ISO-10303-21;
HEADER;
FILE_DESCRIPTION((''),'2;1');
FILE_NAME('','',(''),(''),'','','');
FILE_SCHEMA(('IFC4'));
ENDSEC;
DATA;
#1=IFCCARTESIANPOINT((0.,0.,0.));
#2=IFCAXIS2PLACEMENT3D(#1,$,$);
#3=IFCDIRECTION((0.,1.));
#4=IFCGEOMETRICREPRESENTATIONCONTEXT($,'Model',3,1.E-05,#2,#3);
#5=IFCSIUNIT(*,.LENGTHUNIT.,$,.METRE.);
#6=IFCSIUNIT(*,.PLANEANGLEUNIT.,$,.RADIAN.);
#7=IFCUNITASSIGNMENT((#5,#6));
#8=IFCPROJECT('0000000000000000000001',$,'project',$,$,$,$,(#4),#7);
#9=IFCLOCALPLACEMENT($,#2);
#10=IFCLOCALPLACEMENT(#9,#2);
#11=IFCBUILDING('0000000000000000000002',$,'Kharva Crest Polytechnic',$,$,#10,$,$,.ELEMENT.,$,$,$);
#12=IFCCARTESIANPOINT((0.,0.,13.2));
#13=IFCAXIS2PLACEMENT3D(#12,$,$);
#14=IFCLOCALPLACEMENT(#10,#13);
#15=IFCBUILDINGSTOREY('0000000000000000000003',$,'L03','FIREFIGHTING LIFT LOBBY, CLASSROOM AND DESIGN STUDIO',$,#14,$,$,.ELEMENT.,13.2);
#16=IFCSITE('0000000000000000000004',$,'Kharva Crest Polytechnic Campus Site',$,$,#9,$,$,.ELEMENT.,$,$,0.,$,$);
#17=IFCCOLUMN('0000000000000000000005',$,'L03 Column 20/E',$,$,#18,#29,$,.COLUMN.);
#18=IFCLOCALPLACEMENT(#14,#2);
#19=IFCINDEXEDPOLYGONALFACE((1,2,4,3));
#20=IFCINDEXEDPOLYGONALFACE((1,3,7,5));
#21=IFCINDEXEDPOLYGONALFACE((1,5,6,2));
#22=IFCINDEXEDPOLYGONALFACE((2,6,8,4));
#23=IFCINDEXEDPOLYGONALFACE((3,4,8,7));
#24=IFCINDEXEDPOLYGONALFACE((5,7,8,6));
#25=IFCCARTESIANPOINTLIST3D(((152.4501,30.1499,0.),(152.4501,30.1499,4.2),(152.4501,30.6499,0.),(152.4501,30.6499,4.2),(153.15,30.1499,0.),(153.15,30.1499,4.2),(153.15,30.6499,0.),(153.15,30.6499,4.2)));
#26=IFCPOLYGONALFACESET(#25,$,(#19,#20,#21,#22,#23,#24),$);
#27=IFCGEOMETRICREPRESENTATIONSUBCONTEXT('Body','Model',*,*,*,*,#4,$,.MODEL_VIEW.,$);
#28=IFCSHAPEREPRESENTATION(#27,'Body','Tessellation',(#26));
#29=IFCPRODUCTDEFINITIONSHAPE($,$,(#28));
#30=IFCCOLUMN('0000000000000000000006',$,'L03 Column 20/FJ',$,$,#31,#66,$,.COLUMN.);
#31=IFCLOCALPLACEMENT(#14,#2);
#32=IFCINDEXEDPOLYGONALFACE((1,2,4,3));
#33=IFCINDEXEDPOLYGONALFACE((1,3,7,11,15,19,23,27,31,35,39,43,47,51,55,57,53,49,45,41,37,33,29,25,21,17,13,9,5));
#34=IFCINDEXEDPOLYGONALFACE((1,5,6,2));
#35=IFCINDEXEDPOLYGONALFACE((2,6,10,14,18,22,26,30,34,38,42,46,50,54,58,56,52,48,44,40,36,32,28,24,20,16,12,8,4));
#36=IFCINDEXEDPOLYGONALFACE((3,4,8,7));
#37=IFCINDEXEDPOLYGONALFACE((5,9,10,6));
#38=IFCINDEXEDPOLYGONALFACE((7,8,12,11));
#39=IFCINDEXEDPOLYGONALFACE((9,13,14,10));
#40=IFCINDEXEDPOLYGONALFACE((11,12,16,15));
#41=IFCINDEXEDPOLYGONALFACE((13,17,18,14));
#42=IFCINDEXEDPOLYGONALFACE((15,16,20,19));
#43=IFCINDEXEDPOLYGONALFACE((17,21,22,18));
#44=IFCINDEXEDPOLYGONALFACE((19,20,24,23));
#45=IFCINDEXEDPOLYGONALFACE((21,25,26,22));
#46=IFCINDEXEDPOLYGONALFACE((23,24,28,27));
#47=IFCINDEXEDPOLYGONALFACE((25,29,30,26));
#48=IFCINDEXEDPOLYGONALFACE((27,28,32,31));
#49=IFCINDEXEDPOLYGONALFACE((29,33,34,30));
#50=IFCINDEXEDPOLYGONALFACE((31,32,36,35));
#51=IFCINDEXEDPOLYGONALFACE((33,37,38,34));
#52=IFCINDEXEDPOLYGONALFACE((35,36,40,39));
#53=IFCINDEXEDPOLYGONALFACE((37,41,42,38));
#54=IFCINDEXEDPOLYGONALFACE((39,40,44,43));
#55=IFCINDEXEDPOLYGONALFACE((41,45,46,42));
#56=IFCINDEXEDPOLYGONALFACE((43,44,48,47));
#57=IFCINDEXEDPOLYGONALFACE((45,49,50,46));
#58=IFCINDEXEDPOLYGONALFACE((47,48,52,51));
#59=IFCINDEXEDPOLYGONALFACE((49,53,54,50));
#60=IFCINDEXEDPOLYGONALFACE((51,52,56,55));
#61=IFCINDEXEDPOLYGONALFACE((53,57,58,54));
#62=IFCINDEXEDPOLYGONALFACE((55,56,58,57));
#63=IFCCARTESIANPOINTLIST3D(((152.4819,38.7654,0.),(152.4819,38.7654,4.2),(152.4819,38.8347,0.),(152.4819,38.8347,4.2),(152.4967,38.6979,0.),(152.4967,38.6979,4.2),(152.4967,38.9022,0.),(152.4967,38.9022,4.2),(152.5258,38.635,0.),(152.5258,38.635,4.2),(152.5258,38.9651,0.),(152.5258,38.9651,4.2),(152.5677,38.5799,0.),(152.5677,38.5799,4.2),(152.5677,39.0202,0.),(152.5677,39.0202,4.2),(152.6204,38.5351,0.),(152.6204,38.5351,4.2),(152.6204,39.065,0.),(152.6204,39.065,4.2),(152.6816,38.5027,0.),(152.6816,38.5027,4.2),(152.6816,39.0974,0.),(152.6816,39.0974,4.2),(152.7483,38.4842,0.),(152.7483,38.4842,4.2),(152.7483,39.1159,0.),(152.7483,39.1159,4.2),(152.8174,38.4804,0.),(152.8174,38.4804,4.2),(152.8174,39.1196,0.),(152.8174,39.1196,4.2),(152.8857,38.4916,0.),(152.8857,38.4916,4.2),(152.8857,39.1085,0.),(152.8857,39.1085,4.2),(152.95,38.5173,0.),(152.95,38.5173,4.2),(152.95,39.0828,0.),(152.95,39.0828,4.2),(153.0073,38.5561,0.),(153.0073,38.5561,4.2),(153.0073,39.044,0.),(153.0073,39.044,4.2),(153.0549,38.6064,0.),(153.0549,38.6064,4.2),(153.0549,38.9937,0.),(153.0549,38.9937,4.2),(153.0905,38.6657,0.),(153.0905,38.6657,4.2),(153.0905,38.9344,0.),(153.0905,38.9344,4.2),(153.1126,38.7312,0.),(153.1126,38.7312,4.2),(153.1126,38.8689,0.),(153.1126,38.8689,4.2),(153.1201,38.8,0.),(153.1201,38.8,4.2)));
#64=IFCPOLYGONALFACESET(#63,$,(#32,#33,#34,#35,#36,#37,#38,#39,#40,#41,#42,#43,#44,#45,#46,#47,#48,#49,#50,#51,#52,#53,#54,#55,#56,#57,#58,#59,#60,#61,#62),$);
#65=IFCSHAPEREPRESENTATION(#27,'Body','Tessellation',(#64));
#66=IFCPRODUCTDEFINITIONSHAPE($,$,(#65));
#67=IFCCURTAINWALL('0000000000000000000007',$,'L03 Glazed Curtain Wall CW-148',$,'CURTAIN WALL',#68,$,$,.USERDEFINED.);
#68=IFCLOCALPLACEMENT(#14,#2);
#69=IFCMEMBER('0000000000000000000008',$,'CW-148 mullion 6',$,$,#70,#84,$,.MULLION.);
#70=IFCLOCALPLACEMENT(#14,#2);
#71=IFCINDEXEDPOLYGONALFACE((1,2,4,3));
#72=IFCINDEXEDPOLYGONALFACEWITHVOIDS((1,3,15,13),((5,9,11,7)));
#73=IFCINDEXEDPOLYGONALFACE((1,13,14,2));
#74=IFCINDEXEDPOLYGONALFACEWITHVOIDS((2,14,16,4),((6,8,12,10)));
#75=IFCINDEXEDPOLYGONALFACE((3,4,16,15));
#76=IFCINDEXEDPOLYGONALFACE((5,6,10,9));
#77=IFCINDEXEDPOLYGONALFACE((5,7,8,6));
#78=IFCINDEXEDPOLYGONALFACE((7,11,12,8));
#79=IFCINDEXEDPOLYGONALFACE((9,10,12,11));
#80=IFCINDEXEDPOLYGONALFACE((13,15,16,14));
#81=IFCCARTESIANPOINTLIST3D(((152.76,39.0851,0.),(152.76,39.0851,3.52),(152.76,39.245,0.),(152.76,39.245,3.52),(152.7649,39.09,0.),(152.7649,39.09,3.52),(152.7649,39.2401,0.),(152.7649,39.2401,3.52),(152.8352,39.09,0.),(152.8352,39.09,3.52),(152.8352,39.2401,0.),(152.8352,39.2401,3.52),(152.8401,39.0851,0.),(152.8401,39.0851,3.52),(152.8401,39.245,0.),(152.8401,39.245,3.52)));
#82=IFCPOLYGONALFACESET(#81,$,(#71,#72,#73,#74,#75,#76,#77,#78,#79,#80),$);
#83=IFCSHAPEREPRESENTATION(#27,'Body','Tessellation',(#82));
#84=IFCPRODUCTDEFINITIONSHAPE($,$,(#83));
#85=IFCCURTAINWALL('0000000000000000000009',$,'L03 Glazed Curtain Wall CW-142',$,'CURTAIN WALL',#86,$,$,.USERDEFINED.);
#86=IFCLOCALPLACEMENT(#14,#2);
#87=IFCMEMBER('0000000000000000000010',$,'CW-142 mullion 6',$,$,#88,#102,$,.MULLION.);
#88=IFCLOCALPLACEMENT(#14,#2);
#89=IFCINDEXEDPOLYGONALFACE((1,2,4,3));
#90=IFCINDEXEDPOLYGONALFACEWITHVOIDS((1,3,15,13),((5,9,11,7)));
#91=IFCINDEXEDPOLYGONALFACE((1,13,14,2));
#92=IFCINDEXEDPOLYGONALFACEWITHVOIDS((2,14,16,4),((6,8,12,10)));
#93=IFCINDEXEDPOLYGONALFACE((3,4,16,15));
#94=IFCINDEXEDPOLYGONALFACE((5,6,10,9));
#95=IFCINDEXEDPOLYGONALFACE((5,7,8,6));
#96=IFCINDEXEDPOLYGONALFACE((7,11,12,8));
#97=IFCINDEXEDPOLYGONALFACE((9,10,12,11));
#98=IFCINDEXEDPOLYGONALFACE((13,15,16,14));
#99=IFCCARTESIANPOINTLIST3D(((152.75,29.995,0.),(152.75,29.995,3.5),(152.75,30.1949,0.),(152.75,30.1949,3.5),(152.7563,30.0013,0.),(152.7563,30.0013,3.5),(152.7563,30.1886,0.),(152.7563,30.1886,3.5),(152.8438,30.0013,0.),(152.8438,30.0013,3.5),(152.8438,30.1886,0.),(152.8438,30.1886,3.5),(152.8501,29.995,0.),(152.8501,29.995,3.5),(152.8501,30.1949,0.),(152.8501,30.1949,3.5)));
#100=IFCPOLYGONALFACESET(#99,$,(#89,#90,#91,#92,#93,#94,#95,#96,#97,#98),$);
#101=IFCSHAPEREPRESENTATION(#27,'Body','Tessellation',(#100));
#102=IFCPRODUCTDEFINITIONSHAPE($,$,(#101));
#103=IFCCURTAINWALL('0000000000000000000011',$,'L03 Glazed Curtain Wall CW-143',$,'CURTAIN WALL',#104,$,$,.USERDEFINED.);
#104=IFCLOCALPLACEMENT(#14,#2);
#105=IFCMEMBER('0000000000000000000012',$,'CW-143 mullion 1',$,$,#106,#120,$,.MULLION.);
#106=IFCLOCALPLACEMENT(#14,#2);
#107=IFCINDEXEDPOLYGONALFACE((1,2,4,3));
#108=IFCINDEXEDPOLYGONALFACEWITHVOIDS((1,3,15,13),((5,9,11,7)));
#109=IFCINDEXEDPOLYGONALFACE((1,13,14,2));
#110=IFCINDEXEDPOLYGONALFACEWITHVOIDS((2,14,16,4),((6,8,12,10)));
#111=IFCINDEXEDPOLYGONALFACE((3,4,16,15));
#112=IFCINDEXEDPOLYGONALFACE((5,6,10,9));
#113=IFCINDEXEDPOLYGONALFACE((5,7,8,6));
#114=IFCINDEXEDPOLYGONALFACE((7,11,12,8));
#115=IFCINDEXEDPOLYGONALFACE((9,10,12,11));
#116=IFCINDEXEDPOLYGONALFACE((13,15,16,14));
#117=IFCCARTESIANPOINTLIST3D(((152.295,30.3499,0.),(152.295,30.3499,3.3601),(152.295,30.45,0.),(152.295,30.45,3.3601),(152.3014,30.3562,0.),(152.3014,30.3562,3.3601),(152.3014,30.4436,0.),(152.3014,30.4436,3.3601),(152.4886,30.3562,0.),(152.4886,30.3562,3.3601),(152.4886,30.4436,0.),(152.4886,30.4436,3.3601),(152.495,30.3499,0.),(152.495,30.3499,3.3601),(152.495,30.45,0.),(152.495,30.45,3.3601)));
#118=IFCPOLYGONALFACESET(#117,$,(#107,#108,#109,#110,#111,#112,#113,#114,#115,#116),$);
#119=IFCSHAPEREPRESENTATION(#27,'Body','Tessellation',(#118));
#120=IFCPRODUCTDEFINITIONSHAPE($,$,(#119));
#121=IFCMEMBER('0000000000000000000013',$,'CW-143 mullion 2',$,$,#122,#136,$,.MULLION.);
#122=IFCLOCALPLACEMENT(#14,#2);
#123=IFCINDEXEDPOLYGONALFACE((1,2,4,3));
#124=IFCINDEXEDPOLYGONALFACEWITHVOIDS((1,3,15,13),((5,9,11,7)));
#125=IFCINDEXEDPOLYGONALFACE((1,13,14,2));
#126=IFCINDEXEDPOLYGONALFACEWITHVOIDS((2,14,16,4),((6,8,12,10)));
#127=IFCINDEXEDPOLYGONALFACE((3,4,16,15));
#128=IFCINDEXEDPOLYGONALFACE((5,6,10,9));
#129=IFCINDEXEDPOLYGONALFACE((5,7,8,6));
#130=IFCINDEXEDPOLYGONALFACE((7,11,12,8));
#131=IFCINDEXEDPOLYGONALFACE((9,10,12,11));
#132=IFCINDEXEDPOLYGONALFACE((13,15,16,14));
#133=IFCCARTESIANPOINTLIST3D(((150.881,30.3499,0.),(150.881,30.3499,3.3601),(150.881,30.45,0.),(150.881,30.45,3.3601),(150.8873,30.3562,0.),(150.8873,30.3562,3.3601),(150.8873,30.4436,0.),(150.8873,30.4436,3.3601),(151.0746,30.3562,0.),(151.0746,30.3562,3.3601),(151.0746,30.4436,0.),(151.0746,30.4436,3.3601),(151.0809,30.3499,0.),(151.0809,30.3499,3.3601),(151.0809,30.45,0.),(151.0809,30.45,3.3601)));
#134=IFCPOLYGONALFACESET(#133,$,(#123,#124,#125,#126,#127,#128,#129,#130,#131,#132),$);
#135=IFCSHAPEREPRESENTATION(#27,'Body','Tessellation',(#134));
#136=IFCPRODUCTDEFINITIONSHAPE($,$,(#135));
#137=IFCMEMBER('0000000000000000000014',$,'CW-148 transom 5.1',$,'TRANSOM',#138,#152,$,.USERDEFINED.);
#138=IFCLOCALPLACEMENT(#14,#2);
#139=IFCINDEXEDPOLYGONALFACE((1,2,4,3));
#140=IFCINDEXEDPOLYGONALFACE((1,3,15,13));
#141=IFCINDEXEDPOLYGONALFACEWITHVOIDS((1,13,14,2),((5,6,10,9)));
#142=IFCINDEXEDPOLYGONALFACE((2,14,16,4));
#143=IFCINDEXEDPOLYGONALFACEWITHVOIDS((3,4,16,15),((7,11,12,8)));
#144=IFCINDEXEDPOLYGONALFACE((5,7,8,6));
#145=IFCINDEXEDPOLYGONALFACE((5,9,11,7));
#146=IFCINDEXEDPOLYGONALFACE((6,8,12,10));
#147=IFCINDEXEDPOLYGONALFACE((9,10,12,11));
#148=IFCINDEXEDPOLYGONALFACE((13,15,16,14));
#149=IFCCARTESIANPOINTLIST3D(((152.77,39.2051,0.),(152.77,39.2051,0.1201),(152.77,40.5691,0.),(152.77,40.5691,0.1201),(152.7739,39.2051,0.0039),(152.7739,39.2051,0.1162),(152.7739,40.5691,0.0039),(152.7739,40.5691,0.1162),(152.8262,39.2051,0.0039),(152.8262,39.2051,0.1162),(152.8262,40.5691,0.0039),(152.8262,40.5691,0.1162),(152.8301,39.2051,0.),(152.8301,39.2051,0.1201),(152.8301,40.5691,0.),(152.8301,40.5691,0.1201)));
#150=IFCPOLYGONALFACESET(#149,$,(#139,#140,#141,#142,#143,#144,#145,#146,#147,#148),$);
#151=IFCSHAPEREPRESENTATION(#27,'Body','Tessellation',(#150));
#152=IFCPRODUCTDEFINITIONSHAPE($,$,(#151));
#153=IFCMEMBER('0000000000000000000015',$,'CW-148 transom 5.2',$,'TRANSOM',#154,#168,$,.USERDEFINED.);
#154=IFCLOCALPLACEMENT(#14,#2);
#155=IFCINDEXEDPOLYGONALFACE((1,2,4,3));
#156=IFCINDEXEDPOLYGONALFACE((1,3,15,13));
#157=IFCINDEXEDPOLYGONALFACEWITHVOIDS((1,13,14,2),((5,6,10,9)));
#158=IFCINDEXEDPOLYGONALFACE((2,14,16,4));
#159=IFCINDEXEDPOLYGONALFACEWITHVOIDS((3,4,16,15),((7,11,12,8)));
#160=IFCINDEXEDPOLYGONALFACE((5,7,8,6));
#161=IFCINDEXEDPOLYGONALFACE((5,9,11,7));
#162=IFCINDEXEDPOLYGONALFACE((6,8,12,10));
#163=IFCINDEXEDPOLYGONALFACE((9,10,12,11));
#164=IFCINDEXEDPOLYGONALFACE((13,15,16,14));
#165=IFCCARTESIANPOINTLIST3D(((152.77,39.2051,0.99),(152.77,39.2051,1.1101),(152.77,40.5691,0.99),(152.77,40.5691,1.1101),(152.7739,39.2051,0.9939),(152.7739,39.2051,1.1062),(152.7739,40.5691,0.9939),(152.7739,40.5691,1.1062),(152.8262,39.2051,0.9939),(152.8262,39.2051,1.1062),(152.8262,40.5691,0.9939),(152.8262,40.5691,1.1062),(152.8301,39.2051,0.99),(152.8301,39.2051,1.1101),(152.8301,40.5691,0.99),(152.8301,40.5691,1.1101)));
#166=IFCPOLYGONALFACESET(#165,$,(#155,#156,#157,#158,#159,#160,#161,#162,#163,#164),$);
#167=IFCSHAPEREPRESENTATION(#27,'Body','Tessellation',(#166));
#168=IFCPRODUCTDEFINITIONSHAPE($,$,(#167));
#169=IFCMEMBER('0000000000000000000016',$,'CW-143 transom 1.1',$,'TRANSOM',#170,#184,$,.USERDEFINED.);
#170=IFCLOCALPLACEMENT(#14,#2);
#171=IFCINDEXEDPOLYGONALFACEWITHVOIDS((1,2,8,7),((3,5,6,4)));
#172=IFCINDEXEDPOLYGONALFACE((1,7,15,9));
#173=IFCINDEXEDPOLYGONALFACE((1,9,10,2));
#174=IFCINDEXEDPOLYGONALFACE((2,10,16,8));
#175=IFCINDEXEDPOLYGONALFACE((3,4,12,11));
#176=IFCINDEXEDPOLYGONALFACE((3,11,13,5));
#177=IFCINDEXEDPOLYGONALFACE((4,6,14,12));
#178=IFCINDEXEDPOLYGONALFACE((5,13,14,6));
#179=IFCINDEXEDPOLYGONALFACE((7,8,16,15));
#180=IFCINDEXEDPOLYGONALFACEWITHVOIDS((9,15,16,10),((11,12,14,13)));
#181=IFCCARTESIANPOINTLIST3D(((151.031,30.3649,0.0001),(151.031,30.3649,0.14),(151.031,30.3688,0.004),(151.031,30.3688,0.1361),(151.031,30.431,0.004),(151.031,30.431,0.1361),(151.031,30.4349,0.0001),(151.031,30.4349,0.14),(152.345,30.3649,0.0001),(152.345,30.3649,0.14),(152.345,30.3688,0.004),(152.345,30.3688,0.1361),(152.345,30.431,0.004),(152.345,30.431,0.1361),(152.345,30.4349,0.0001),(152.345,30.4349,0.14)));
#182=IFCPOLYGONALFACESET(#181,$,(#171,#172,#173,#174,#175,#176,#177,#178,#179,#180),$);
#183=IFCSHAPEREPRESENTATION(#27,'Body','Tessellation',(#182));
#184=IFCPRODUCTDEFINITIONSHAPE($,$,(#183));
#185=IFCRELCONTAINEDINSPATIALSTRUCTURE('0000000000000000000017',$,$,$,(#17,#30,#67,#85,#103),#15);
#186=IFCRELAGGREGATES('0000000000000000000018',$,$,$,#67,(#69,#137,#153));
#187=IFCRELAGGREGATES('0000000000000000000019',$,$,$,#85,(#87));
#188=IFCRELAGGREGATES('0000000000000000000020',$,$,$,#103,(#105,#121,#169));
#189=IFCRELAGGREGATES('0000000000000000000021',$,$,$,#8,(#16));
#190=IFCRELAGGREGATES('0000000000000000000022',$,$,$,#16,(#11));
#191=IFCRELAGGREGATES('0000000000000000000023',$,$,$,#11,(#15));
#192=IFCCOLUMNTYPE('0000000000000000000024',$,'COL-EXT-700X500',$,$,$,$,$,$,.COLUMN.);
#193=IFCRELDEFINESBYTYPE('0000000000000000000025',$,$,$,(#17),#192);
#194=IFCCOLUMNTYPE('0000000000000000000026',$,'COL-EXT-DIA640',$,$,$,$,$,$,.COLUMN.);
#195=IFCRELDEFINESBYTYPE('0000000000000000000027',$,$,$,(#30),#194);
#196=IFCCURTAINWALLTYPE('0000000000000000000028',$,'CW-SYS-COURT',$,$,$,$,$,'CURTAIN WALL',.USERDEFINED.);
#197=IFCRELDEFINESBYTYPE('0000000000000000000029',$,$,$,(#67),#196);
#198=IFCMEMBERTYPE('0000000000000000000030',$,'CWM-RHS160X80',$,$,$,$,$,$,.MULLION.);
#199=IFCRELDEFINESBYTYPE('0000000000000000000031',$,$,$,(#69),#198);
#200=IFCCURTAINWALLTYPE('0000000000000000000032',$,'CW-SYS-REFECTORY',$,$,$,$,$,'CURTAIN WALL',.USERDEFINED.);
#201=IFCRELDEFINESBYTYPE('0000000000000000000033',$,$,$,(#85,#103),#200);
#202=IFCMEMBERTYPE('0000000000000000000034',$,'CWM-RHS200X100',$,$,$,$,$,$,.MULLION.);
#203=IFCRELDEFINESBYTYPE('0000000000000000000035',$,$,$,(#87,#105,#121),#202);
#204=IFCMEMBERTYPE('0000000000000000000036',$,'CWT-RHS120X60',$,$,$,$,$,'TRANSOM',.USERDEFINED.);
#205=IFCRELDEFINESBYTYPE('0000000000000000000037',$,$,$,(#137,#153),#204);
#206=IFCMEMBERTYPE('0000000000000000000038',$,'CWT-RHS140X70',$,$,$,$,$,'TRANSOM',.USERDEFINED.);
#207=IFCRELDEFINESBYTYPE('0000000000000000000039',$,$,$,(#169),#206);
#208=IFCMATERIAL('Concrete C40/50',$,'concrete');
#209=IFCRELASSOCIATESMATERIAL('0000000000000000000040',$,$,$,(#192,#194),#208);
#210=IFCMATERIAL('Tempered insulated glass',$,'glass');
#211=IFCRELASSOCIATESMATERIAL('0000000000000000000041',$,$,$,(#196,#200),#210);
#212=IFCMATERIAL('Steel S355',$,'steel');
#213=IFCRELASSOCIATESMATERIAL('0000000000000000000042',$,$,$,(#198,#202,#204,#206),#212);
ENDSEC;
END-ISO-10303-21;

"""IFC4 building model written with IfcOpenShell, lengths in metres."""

from ifc_helpers import new_model, si_unit, direction, frame, origin, origin_2d, place, context, subcontext, project, spatial, rectangle, hollow_rectangle, circle, extrude, material, material_profile, profile_set, type_object, element, aggregate, save


model = new_model("IFC4")

# Units and contexts
model_context = context("Model", 3, precision=1e-05, world=origin(), true_north=direction((0.0, 1.0)))
body_context = subcontext(model_context, "Body", "Model", "MODEL_VIEW")
ifc_project = project(units=[si_unit("LENGTHUNIT", "METRE"), si_unit("PLANEANGLEUNIT", "RADIAN")], contexts=[model_context])

# Site, building, storey
site_placement = place(None, origin())
site = spatial("IfcSite", under=ifc_project, at=site_placement, Name="Kharva Crest Polytechnic Campus Site", CompositionType="ELEMENT", RefElevation=0.0)
building_placement = place(site_placement, origin())
building = spatial("IfcBuilding", under=site, at=building_placement, Name="Kharva Crest Polytechnic", CompositionType="ELEMENT")
storey_placement = place(building_placement, frame((0.0, 0.0, 13.2)))
storey = spatial("IfcBuildingStorey", under=building, at=storey_placement, Name="L03", Description="FIREFIGHTING LIFT LOBBY, CLASSROOM AND DESIGN STUDIO", CompositionType="ELEMENT", Elevation=13.2)

# Columns
ifc_material_1 = material(Name="Concrete C40/50", Category="concrete")
ifc_material_profile_1 = material_profile(ifc_material_1, rectangle(XDim=0.7, YDim=0.5, at=origin_2d()), Name="RECT 700 X 500")
ifc_profile_set_1 = profile_set([ifc_material_profile_1], Name="Concrete C40/50")
column_type_1 = type_object("IfcColumnType", Name="COL-EXT-700X500", PredefinedType="COLUMN", material=ifc_profile_set_1)
column_1_placement = place(storey_placement, frame((152.8, 30.3999, 0.0), z_axis=(0.0, 0.0, 1.0), x_axis=(1.0, 0.0, 0.0)))
element("IfcColumn", 1, at=column_1_placement, inside=storey, type_object=column_type_1, Name="L03 Column 20/E", PredefinedType="COLUMN", context=body_context, shape_type="SweptSolid", body=[
    extrude(rectangle(XDim=0.7, YDim=0.5, at=origin_2d()), origin(), (0.0, 0.0, 1.0), 4.2),
])
ifc_material_profile_2 = material_profile(ifc_material_1, circle(Radius=0.3201, at=origin_2d()), Name="DIA 640")
ifc_profile_set_2 = profile_set([ifc_material_profile_2], Name="Concrete C40/50")
column_type_2 = type_object("IfcColumnType", Name="COL-EXT-DIA640", PredefinedType="COLUMN", material=ifc_profile_set_2)
column_2_placement = place(storey_placement, frame((152.8, 38.8, 0.0), z_axis=(0.0, 0.0, 1.0), x_axis=(1.0, 0.0, 0.0)))
element("IfcColumn", 2, at=column_2_placement, inside=storey, type_object=column_type_2, Name="L03 Column 20/FJ", PredefinedType="COLUMN", context=body_context, shape_type="SweptSolid", body=[
    extrude(circle(Radius=0.3201, at=origin_2d()), origin(), (0.0, 0.0, 1.0), 4.2),
])

# Curtain walls, members
ifc_material_2 = material(Name="Tempered insulated glass", Category="glass")
curtain_wall_type_1 = type_object("IfcCurtainWallType", Name="CW-SYS-COURT", ElementType="CURTAIN WALL", PredefinedType="USERDEFINED", material=ifc_material_2)
curtain_wall_1_placement = place(storey_placement, origin())
curtain_wall_1 = element("IfcCurtainWall", 3, at=curtain_wall_1_placement, inside=storey, type_object=curtain_wall_type_1, Name="L03 Glazed Curtain Wall CW-148", ObjectType="CURTAIN WALL", PredefinedType="USERDEFINED")
ifc_material_3 = material(Name="Steel S355", Category="steel")
ifc_material_profile_3 = material_profile(ifc_material_3, hollow_rectangle(XDim=0.0801, YDim=0.1599, WallThickness=0.0049, at=origin_2d()), Name="RHS 160X80X5.0")
ifc_profile_set_3 = profile_set([ifc_material_profile_3], Name="Steel S355")
member_type_1 = type_object("IfcMemberType", Name="CWM-RHS160X80", PredefinedType="MULLION", material=ifc_profile_set_3)
member_1_placement = place(storey_placement, frame((152.8, 39.165, 0.0), z_axis=(0.0, 0.0, 1.0), x_axis=(1.0, 0.0, 0.0)))
member_1 = element("IfcMember", 4, at=member_1_placement, type_object=member_type_1, Name="CW-148 mullion 6", PredefinedType="MULLION", context=body_context, shape_type="SweptSolid", body=[
    extrude(hollow_rectangle(XDim=0.0801, YDim=0.1599, WallThickness=0.0049, at=origin_2d()), origin(), (0.0, 0.0, 1.0), 3.52),
])
curtain_wall_type_2 = type_object("IfcCurtainWallType", Name="CW-SYS-REFECTORY", ElementType="CURTAIN WALL", PredefinedType="USERDEFINED", material=ifc_material_2)
curtain_wall_2_placement = place(storey_placement, origin())
curtain_wall_2 = element("IfcCurtainWall", 5, at=curtain_wall_2_placement, inside=storey, type_object=curtain_wall_type_2, Name="L03 Glazed Curtain Wall CW-142", ObjectType="CURTAIN WALL", PredefinedType="USERDEFINED")
ifc_material_profile_4 = material_profile(ifc_material_3, hollow_rectangle(XDim=0.1001, YDim=0.2, WallThickness=0.0063, at=origin_2d()), Name="RHS 200X100X6.3")
ifc_profile_set_4 = profile_set([ifc_material_profile_4], Name="Steel S355")
member_type_2 = type_object("IfcMemberType", Name="CWM-RHS200X100", PredefinedType="MULLION", material=ifc_profile_set_4)
member_2_placement = place(storey_placement, frame((152.8, 30.095, 0.0), z_axis=(0.0, 0.0, 1.0), x_axis=(-1.0, 0.0, 0.0)))
member_2 = element("IfcMember", 6, at=member_2_placement, type_object=member_type_2, Name="CW-142 mullion 6", PredefinedType="MULLION", context=body_context, shape_type="SweptSolid", body=[
    extrude(hollow_rectangle(XDim=0.1001, YDim=0.2, WallThickness=0.0063, at=origin_2d()), origin(), (0.0, 0.0, 1.0), 3.5),
])

# Curtain wall, members
curtain_wall_3_placement = place(storey_placement, origin())
curtain_wall_3 = element("IfcCurtainWall", 7, at=curtain_wall_3_placement, inside=storey, type_object=curtain_wall_type_2, Name="L03 Glazed Curtain Wall CW-143", ObjectType="CURTAIN WALL", PredefinedType="USERDEFINED")
member_3_placement = place(storey_placement, frame((152.395, 30.3999, 0.0), z_axis=(0.0, 0.0, 1.0), x_axis=(0.0, -1.0, 0.0)))
member_3 = element("IfcMember", 8, at=member_3_placement, type_object=member_type_2, Name="CW-143 mullion 1", PredefinedType="MULLION", context=body_context, shape_type="SweptSolid", body=[
    extrude(hollow_rectangle(XDim=0.1001, YDim=0.2, WallThickness=0.0063, at=origin_2d()), origin(), (0.0, 0.0, 1.0), 3.3601),
])
member_4_placement = place(storey_placement, frame((150.981, 30.3999, 0.0), z_axis=(0.0, 0.0, 1.0), x_axis=(0.0, -1.0, 0.0)))
member_4 = element("IfcMember", 9, at=member_4_placement, type_object=member_type_2, Name="CW-143 mullion 2", PredefinedType="MULLION", context=body_context, shape_type="SweptSolid", body=[
    extrude(hollow_rectangle(XDim=0.1001, YDim=0.2, WallThickness=0.0063, at=origin_2d()), origin(), (0.0, 0.0, 1.0), 3.3601),
])

# Members
ifc_material_profile_5 = material_profile(ifc_material_3, hollow_rectangle(XDim=0.0601, YDim=0.1201, WallThickness=0.0039, at=origin_2d()), Name="RHS 120X60X4.0")
ifc_profile_set_5 = profile_set([ifc_material_profile_5], Name="Steel S355")
member_type_3 = type_object("IfcMemberType", Name="CWT-RHS120X60", ElementType="TRANSOM", PredefinedType="USERDEFINED", material=ifc_profile_set_5)
member_5_placement = place(storey_placement, frame((152.8, 40.5691, 0.0601), z_axis=(0.0, -1.0, 0.0), x_axis=(1.0, 0.0, 0.0)))
member_5 = element("IfcMember", 10, at=member_5_placement, type_object=member_type_3, Name="CW-148 transom 5.1", ObjectType="TRANSOM", PredefinedType="USERDEFINED", context=body_context, shape_type="SweptSolid", body=[
    extrude(hollow_rectangle(XDim=0.0601, YDim=0.1201, WallThickness=0.0039, at=origin_2d()), origin(), (0.0, 0.0, 1.0), 1.364),
])
member_6_placement = place(storey_placement, frame((152.8, 40.5691, 1.05), z_axis=(0.0, -1.0, 0.0), x_axis=(1.0, 0.0, 0.0)))
member_6 = element("IfcMember", 11, at=member_6_placement, type_object=member_type_3, Name="CW-148 transom 5.2", ObjectType="TRANSOM", PredefinedType="USERDEFINED", context=body_context, shape_type="SweptSolid", body=[
    extrude(hollow_rectangle(XDim=0.0601, YDim=0.1201, WallThickness=0.0039, at=origin_2d()), origin(), (0.0, 0.0, 1.0), 1.364),
])
ifc_material_profile_6 = material_profile(ifc_material_3, hollow_rectangle(XDim=0.0701, YDim=0.1399, WallThickness=0.0039, at=origin_2d()), Name="RHS 140X70X4.0")
ifc_profile_set_6 = profile_set([ifc_material_profile_6], Name="Steel S355")
member_type_4 = type_object("IfcMemberType", Name="CWT-RHS140X70", ElementType="TRANSOM", PredefinedType="USERDEFINED", material=ifc_profile_set_6)
member_7_placement = place(storey_placement, frame((152.345, 30.3999, 0.0701), z_axis=(-1.0, 0.0, 0.0), x_axis=(0.0, -1.0, 0.0)))
member_7 = element("IfcMember", 12, at=member_7_placement, type_object=member_type_4, Name="CW-143 transom 1.1", ObjectType="TRANSOM", PredefinedType="USERDEFINED", context=body_context, shape_type="SweptSolid", body=[
    extrude(hollow_rectangle(XDim=0.0701, YDim=0.1399, WallThickness=0.0039, at=origin_2d()), origin(), (0.0, 0.0, 1.0), 1.314),
])

aggregate(curtain_wall_1, [member_1, member_5, member_6])
aggregate(curtain_wall_2, [member_2])
aggregate(curtain_wall_3, [member_3, member_4, member_7])

save(model, "model.ifc")
